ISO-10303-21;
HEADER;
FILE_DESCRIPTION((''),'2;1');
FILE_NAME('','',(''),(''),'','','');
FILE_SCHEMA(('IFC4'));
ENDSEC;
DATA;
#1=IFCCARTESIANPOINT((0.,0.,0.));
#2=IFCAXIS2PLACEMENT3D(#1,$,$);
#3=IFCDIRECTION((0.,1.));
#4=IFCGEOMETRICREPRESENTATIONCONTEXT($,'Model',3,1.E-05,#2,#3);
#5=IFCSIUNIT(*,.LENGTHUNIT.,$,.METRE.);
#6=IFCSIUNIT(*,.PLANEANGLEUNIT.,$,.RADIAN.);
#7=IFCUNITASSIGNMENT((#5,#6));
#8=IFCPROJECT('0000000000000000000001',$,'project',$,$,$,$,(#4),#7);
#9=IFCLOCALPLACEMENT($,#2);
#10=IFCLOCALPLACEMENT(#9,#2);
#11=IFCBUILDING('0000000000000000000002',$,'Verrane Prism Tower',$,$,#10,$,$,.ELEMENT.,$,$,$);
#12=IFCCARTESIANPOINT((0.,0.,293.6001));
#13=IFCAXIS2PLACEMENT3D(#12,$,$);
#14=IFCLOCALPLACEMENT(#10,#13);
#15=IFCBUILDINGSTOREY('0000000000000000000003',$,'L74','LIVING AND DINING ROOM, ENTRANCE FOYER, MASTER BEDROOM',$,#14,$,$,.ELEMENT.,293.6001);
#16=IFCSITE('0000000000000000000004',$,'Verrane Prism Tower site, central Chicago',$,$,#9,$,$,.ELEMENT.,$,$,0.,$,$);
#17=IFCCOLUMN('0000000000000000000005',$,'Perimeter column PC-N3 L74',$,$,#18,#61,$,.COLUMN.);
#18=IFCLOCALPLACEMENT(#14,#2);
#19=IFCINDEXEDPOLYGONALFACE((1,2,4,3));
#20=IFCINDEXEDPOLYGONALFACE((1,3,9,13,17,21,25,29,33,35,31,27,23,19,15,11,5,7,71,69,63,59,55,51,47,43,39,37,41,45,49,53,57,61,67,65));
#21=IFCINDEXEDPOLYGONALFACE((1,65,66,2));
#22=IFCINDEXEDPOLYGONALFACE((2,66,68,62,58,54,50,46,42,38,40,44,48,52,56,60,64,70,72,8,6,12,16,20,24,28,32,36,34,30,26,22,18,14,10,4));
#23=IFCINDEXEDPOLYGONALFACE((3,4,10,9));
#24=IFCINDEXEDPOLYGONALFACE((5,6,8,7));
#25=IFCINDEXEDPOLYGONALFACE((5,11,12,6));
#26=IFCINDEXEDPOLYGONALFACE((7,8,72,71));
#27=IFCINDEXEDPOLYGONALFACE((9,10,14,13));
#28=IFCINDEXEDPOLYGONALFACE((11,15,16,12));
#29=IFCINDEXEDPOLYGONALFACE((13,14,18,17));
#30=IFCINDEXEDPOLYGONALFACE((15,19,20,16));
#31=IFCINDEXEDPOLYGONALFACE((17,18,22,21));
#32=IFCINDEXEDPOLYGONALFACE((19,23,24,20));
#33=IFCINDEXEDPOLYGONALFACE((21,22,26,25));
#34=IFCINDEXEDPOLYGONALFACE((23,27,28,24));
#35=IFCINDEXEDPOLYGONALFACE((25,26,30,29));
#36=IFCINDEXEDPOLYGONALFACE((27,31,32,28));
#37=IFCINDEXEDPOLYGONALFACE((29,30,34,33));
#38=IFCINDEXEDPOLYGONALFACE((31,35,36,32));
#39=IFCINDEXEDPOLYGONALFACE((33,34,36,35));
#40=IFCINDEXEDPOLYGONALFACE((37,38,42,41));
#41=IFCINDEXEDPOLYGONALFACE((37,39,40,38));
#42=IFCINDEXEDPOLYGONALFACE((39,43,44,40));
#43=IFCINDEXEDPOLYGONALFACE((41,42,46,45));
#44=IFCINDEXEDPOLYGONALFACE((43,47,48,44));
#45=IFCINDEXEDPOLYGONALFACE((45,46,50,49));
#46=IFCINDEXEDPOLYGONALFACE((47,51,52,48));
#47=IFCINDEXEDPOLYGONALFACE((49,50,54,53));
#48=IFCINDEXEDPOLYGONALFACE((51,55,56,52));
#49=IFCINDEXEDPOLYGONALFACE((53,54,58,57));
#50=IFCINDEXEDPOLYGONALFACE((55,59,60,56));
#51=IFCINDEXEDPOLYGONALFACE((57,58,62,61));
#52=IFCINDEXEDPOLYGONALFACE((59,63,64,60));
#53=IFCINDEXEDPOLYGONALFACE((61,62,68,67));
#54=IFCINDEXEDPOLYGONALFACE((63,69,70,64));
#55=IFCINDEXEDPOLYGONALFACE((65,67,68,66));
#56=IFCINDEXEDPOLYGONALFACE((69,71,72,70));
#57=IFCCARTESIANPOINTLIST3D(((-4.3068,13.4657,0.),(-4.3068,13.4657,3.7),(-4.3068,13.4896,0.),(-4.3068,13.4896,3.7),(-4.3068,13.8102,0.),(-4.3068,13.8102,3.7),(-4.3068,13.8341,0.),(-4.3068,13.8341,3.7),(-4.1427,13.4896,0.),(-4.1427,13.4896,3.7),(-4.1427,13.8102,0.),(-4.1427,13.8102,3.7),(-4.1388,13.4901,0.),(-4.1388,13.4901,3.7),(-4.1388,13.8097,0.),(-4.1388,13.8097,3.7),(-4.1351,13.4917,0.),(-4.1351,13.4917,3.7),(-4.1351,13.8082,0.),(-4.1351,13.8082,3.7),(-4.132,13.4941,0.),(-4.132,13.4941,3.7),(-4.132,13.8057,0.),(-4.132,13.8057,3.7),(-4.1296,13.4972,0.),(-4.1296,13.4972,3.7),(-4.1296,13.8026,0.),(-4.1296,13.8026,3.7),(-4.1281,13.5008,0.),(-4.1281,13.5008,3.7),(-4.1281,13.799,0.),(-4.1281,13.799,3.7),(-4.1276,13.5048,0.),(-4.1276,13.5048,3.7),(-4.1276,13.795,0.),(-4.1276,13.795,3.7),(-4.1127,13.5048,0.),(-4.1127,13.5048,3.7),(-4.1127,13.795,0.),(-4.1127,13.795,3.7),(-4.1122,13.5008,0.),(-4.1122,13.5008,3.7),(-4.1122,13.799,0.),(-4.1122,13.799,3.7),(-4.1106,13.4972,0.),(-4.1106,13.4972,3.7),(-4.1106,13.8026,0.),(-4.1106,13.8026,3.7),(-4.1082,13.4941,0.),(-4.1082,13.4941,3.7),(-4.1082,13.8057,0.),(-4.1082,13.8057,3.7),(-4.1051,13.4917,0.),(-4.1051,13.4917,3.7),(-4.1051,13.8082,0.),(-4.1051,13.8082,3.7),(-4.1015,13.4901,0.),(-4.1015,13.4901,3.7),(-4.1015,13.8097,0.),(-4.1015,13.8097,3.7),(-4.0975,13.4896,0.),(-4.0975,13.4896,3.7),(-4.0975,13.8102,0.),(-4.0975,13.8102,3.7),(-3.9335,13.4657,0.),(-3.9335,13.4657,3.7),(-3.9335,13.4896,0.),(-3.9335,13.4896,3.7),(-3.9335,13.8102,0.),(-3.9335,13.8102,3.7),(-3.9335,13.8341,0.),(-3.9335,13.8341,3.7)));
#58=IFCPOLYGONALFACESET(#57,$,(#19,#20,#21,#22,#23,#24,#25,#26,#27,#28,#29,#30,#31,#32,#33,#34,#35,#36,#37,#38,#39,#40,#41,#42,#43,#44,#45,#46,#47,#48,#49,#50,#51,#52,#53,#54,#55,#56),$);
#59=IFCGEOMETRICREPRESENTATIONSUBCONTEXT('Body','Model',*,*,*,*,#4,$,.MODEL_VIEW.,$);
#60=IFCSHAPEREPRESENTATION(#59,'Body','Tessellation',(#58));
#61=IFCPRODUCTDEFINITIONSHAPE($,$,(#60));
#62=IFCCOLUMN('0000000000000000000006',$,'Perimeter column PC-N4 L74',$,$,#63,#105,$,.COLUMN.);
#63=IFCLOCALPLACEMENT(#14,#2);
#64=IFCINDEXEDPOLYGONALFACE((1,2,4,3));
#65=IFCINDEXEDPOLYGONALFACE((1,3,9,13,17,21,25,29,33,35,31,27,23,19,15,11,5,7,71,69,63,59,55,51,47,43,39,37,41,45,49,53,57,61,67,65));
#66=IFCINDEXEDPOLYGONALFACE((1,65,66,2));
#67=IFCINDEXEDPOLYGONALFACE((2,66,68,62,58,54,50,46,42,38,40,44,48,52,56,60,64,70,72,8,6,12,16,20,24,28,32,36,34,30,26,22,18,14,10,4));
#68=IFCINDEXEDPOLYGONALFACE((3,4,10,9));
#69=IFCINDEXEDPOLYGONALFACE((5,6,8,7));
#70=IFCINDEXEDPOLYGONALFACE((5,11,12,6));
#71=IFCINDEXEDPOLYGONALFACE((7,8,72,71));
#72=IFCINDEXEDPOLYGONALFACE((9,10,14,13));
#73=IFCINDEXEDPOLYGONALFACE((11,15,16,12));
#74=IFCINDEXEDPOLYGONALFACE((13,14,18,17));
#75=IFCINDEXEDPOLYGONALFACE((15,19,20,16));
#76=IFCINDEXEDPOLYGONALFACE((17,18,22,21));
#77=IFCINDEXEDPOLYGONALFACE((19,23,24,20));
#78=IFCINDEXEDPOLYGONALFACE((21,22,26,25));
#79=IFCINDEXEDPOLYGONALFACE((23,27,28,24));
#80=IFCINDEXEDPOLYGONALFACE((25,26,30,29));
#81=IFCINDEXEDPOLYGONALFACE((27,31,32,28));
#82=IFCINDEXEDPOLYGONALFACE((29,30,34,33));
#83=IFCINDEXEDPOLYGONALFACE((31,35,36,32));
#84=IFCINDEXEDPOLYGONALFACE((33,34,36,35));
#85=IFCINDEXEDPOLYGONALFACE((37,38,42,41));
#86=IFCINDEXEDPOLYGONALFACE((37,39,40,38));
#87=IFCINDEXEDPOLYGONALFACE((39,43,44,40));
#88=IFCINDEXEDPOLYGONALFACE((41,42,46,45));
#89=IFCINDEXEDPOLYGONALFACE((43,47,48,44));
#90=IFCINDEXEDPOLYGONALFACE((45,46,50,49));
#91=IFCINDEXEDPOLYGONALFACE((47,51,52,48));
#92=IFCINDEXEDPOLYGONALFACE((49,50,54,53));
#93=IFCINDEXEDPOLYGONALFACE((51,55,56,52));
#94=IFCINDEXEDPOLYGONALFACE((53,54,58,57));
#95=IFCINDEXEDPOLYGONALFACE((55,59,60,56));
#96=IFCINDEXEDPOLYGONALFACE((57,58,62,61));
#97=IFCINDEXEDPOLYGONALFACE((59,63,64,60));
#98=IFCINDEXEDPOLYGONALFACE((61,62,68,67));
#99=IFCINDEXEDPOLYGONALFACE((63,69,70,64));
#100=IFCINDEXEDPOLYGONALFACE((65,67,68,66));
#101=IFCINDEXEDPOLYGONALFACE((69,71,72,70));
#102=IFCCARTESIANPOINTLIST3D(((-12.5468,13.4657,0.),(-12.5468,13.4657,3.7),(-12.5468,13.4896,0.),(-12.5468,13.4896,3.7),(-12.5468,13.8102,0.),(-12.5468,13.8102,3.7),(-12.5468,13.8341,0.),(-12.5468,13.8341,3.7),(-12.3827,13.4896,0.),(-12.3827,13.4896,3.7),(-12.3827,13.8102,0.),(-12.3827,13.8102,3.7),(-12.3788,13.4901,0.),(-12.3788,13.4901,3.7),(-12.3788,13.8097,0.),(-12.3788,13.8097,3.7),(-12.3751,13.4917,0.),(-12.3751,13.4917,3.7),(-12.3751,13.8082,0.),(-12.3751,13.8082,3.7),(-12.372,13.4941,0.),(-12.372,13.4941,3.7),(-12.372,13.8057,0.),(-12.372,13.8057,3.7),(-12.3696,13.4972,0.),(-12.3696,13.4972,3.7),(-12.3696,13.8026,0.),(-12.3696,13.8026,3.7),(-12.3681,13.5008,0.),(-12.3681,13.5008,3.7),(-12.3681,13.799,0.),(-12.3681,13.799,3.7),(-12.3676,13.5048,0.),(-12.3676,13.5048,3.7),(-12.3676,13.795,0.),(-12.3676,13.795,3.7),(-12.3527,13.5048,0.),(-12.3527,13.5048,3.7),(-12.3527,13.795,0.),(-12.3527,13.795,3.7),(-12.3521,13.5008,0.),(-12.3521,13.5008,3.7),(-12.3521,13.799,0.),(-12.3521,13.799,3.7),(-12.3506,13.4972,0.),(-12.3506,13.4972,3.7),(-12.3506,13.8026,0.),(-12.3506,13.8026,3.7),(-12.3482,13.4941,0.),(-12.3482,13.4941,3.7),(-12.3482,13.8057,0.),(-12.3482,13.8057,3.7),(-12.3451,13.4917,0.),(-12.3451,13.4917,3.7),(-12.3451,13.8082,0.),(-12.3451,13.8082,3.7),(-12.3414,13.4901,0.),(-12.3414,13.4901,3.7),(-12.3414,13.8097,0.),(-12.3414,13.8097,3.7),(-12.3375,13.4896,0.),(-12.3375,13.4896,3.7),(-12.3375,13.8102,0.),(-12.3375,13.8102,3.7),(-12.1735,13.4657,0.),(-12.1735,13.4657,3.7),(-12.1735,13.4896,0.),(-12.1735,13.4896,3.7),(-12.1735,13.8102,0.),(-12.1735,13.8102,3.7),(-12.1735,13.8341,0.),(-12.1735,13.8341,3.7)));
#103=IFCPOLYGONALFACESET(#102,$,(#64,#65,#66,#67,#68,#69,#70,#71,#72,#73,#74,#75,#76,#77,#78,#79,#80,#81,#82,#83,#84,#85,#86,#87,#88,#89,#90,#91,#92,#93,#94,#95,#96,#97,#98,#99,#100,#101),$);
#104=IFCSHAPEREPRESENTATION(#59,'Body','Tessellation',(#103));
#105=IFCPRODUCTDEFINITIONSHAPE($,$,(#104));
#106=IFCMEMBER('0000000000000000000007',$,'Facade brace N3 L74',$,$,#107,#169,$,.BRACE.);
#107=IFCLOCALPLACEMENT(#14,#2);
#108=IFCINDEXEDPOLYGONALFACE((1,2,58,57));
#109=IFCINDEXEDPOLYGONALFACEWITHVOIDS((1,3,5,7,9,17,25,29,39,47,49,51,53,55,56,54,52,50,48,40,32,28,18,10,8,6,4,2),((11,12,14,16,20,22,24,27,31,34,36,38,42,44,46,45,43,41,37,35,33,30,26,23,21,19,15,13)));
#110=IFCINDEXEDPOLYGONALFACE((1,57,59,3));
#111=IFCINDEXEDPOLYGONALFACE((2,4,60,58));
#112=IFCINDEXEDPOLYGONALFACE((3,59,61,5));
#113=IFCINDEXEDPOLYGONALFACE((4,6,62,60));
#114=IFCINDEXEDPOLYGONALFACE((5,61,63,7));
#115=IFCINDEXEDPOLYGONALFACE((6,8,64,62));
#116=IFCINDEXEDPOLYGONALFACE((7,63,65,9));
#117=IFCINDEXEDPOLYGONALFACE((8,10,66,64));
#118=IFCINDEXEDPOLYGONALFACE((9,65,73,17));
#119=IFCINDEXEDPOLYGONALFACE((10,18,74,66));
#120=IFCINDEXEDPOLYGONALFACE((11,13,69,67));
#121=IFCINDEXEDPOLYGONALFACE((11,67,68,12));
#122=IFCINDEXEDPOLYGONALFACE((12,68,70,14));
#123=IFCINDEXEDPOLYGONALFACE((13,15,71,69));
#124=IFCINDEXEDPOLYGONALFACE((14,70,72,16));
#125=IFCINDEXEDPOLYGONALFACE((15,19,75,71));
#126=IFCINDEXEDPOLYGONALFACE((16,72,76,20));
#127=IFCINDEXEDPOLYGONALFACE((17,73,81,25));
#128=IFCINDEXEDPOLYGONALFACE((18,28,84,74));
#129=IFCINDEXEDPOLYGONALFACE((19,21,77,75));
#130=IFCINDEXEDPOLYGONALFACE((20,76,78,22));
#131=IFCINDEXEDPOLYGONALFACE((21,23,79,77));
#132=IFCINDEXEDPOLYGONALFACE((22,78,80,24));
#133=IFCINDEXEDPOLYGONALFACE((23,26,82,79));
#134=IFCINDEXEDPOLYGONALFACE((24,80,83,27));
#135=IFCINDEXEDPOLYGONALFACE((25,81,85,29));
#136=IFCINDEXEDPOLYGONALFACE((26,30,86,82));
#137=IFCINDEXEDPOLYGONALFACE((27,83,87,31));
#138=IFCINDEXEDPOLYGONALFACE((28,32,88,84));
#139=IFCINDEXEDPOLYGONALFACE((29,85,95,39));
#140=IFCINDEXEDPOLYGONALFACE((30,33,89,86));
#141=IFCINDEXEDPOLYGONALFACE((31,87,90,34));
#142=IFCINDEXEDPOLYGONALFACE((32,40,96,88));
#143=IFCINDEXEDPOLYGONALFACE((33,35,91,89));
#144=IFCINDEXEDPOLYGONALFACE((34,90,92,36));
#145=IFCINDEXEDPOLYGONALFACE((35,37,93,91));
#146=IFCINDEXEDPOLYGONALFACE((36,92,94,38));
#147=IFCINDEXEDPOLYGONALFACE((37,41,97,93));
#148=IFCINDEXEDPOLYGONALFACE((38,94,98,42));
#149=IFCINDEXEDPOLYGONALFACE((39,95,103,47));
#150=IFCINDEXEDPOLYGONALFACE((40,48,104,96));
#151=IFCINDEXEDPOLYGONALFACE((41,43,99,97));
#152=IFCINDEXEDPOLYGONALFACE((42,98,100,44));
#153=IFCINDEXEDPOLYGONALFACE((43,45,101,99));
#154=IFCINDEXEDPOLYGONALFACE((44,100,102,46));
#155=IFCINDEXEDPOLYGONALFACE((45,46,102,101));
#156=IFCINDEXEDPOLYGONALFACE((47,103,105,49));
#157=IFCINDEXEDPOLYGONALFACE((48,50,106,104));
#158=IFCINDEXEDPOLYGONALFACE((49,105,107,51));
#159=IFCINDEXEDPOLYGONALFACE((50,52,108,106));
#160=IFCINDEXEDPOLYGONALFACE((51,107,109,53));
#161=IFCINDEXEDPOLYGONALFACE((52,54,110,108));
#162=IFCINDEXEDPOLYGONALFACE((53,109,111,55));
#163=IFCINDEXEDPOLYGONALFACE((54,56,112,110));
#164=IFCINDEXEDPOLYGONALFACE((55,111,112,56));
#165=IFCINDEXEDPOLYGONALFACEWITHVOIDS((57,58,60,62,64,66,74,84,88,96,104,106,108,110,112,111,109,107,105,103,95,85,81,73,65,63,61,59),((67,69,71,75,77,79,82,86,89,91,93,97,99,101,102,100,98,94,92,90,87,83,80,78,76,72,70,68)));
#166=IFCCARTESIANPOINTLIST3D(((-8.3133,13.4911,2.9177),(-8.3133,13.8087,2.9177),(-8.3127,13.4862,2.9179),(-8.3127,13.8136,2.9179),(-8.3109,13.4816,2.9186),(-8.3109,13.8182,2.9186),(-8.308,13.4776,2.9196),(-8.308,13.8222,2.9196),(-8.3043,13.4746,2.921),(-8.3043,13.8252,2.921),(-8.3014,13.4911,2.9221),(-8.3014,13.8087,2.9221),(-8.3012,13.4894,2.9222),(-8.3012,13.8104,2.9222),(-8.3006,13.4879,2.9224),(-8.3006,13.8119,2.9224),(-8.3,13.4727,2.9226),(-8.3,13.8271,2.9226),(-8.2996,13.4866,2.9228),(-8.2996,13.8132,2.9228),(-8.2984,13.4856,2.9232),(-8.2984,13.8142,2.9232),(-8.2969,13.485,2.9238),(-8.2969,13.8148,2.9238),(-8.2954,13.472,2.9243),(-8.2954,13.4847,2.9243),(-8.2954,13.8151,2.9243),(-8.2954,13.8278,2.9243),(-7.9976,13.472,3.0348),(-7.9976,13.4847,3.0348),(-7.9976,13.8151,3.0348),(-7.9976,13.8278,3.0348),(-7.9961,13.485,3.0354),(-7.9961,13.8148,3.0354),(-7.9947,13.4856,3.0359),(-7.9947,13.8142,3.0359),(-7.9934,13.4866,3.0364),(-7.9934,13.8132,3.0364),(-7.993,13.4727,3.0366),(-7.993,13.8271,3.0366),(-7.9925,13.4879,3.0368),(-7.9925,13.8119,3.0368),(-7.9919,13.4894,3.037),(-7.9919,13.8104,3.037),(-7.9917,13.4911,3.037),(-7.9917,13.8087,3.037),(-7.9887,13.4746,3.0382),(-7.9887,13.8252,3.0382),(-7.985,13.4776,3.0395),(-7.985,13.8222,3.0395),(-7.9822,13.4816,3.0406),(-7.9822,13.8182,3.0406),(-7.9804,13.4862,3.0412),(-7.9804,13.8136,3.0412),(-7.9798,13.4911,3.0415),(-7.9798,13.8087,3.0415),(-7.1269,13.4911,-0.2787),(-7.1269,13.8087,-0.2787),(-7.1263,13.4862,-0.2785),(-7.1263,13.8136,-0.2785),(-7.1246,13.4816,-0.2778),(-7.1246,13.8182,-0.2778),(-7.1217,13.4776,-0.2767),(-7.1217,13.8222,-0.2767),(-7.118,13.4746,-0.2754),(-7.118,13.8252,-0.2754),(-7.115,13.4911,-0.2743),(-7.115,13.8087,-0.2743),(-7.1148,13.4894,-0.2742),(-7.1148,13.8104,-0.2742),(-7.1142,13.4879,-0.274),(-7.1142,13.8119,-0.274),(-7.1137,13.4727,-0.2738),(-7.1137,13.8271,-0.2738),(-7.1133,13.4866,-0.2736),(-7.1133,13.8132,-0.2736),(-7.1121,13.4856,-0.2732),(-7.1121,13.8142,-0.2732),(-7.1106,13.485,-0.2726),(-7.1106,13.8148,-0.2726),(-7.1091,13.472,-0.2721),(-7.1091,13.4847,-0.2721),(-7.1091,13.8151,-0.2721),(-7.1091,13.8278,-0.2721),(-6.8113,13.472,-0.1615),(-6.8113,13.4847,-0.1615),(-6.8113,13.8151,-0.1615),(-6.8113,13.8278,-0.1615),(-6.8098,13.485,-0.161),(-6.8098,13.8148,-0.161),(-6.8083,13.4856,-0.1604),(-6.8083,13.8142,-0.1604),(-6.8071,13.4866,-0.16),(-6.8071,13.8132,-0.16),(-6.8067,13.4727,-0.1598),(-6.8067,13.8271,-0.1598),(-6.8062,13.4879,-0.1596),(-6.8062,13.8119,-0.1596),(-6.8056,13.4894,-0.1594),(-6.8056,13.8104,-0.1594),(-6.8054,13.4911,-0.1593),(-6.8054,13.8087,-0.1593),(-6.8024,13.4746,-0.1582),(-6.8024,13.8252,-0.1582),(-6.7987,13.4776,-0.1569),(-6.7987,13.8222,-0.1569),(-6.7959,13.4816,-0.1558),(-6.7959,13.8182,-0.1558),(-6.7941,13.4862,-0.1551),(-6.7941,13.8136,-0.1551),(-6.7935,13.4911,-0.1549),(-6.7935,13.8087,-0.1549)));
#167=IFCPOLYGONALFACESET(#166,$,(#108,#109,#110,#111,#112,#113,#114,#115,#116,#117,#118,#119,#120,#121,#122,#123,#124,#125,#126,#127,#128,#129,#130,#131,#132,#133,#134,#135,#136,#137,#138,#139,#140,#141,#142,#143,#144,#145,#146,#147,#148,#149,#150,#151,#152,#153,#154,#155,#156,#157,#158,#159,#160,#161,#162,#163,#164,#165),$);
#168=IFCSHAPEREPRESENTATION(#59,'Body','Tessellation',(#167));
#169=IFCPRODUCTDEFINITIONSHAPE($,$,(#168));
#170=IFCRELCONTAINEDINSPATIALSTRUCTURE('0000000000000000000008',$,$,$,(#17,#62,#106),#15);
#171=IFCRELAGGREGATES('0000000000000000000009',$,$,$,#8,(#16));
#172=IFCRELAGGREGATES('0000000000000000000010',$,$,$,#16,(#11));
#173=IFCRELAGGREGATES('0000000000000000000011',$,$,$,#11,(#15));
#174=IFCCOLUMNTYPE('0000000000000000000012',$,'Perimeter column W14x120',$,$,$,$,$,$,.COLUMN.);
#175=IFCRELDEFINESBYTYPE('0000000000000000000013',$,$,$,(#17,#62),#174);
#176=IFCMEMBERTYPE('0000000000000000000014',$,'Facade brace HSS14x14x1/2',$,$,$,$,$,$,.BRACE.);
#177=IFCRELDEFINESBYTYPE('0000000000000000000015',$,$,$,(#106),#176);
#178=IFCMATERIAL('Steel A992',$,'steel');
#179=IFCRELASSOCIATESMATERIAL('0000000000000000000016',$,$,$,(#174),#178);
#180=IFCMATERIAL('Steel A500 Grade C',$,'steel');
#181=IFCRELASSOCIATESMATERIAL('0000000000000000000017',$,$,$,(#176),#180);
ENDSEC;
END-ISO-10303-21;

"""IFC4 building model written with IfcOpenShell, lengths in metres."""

from ifc_helpers import new_model, si_unit, direction, frame, origin, origin_2d, place, context, subcontext, project, spatial, hollow_rectangle, i_section, extrude, material, material_profile, profile_set, type_object, element, save


model = new_model("IFC4")

# Units and contexts
model_context = context("Model", 3, precision=1e-05, world=origin(), true_north=direction((0.0, 1.0)))
body_context = subcontext(model_context, "Body", "Model", "MODEL_VIEW")
ifc_project = project(units=[si_unit("LENGTHUNIT", "METRE"), si_unit("PLANEANGLEUNIT", "RADIAN")], contexts=[model_context])

# Site, building, storey
site_placement = place(None, origin())
site = spatial("IfcSite", under=ifc_project, at=site_placement, Name="Verrane Prism Tower site, central Chicago", CompositionType="ELEMENT", RefElevation=0.0)
building_placement = place(site_placement, origin())
building = spatial("IfcBuilding", under=site, at=building_placement, Name="Verrane Prism Tower", CompositionType="ELEMENT")
storey_placement = place(building_placement, frame((0.0, 0.0, 293.6001)))
storey = spatial("IfcBuildingStorey", under=building, at=storey_placement, Name="L74", Description="LIVING AND DINING ROOM, ENTRANCE FOYER, MASTER BEDROOM", CompositionType="ELEMENT", Elevation=293.6001)

# Columns
ifc_material_1 = material(Name="Steel A992", Category="steel")
ifc_material_profile_1 = material_profile(ifc_material_1, i_section(OverallWidth=0.3733, OverallDepth=0.3684, WebThickness=0.0149, FlangeThickness=0.0239, FilletRadius=0.0151, at=origin_2d()), Name="W14x120")
ifc_profile_set_1 = profile_set([ifc_material_profile_1], Name="Steel A992")
column_type = type_object("IfcColumnType", Name="Perimeter column W14x120", PredefinedType="COLUMN", material=ifc_profile_set_1)
for number, where, z_axis, x_axis, name in (
    (1, (-4.1201, 13.6499, 0.0), (0.0, 0.0, 1.0), (1.0, 0.0, 0.0), "Perimeter column PC-N3 L74"),
    (2, (-12.3601, 13.6499, 0.0), (0.0, 0.0, 1.0), (1.0, 0.0, 0.0), "Perimeter column PC-N4 L74"),
):
    element("IfcColumn", number, at=place(storey_placement, frame(where, z_axis=z_axis, x_axis=x_axis)), inside=storey, type_object=column_type, Name=name, PredefinedType="COLUMN", context=body_context, shape_type="SweptSolid", body=[
        extrude(i_section(OverallWidth=0.3733, OverallDepth=0.3684, WebThickness=0.0149, FlangeThickness=0.0239, FilletRadius=0.0151, at=origin_2d()), origin(), (0.0, 0.0, 1.0), 3.7),
    ])

# Member
ifc_material_2 = material(Name="Steel A500 Grade C", Category="steel")
ifc_material_profile_2 = material_profile(ifc_material_2, hollow_rectangle(XDim=0.3557, YDim=0.3557, WallThickness=0.0127, InnerFilletRadius=0.0063, OuterFilletRadius=0.019, at=origin_2d()), Name="HSS14x14x1/2")
ifc_profile_set_2 = profile_set([ifc_material_profile_2], Name="Steel A500 Grade C")
member_type_1 = type_object("IfcMemberType", Name="Facade brace HSS14x14x1/2", PredefinedType="BRACE", material=ifc_profile_set_2)
member_1_placement = place(storey_placement, frame((-6.9602, 13.6499, -0.2168), z_axis=(-0.347951, 0.0, 0.937513), x_axis=(0.0, -1.0, 0.0)))
element("IfcMember", 3, at=member_1_placement, inside=storey, type_object=member_type_1, Name="Facade brace N3 L74", PredefinedType="BRACE", context=body_context, shape_type="SweptSolid", body=[
    extrude(hollow_rectangle(XDim=0.3557, YDim=0.3557, WallThickness=0.0127, InnerFilletRadius=0.0063, OuterFilletRadius=0.019, at=origin_2d()), origin(), (0.0, 0.0, 1.0), 3.4094),
])

save(model, "model.ifc")
